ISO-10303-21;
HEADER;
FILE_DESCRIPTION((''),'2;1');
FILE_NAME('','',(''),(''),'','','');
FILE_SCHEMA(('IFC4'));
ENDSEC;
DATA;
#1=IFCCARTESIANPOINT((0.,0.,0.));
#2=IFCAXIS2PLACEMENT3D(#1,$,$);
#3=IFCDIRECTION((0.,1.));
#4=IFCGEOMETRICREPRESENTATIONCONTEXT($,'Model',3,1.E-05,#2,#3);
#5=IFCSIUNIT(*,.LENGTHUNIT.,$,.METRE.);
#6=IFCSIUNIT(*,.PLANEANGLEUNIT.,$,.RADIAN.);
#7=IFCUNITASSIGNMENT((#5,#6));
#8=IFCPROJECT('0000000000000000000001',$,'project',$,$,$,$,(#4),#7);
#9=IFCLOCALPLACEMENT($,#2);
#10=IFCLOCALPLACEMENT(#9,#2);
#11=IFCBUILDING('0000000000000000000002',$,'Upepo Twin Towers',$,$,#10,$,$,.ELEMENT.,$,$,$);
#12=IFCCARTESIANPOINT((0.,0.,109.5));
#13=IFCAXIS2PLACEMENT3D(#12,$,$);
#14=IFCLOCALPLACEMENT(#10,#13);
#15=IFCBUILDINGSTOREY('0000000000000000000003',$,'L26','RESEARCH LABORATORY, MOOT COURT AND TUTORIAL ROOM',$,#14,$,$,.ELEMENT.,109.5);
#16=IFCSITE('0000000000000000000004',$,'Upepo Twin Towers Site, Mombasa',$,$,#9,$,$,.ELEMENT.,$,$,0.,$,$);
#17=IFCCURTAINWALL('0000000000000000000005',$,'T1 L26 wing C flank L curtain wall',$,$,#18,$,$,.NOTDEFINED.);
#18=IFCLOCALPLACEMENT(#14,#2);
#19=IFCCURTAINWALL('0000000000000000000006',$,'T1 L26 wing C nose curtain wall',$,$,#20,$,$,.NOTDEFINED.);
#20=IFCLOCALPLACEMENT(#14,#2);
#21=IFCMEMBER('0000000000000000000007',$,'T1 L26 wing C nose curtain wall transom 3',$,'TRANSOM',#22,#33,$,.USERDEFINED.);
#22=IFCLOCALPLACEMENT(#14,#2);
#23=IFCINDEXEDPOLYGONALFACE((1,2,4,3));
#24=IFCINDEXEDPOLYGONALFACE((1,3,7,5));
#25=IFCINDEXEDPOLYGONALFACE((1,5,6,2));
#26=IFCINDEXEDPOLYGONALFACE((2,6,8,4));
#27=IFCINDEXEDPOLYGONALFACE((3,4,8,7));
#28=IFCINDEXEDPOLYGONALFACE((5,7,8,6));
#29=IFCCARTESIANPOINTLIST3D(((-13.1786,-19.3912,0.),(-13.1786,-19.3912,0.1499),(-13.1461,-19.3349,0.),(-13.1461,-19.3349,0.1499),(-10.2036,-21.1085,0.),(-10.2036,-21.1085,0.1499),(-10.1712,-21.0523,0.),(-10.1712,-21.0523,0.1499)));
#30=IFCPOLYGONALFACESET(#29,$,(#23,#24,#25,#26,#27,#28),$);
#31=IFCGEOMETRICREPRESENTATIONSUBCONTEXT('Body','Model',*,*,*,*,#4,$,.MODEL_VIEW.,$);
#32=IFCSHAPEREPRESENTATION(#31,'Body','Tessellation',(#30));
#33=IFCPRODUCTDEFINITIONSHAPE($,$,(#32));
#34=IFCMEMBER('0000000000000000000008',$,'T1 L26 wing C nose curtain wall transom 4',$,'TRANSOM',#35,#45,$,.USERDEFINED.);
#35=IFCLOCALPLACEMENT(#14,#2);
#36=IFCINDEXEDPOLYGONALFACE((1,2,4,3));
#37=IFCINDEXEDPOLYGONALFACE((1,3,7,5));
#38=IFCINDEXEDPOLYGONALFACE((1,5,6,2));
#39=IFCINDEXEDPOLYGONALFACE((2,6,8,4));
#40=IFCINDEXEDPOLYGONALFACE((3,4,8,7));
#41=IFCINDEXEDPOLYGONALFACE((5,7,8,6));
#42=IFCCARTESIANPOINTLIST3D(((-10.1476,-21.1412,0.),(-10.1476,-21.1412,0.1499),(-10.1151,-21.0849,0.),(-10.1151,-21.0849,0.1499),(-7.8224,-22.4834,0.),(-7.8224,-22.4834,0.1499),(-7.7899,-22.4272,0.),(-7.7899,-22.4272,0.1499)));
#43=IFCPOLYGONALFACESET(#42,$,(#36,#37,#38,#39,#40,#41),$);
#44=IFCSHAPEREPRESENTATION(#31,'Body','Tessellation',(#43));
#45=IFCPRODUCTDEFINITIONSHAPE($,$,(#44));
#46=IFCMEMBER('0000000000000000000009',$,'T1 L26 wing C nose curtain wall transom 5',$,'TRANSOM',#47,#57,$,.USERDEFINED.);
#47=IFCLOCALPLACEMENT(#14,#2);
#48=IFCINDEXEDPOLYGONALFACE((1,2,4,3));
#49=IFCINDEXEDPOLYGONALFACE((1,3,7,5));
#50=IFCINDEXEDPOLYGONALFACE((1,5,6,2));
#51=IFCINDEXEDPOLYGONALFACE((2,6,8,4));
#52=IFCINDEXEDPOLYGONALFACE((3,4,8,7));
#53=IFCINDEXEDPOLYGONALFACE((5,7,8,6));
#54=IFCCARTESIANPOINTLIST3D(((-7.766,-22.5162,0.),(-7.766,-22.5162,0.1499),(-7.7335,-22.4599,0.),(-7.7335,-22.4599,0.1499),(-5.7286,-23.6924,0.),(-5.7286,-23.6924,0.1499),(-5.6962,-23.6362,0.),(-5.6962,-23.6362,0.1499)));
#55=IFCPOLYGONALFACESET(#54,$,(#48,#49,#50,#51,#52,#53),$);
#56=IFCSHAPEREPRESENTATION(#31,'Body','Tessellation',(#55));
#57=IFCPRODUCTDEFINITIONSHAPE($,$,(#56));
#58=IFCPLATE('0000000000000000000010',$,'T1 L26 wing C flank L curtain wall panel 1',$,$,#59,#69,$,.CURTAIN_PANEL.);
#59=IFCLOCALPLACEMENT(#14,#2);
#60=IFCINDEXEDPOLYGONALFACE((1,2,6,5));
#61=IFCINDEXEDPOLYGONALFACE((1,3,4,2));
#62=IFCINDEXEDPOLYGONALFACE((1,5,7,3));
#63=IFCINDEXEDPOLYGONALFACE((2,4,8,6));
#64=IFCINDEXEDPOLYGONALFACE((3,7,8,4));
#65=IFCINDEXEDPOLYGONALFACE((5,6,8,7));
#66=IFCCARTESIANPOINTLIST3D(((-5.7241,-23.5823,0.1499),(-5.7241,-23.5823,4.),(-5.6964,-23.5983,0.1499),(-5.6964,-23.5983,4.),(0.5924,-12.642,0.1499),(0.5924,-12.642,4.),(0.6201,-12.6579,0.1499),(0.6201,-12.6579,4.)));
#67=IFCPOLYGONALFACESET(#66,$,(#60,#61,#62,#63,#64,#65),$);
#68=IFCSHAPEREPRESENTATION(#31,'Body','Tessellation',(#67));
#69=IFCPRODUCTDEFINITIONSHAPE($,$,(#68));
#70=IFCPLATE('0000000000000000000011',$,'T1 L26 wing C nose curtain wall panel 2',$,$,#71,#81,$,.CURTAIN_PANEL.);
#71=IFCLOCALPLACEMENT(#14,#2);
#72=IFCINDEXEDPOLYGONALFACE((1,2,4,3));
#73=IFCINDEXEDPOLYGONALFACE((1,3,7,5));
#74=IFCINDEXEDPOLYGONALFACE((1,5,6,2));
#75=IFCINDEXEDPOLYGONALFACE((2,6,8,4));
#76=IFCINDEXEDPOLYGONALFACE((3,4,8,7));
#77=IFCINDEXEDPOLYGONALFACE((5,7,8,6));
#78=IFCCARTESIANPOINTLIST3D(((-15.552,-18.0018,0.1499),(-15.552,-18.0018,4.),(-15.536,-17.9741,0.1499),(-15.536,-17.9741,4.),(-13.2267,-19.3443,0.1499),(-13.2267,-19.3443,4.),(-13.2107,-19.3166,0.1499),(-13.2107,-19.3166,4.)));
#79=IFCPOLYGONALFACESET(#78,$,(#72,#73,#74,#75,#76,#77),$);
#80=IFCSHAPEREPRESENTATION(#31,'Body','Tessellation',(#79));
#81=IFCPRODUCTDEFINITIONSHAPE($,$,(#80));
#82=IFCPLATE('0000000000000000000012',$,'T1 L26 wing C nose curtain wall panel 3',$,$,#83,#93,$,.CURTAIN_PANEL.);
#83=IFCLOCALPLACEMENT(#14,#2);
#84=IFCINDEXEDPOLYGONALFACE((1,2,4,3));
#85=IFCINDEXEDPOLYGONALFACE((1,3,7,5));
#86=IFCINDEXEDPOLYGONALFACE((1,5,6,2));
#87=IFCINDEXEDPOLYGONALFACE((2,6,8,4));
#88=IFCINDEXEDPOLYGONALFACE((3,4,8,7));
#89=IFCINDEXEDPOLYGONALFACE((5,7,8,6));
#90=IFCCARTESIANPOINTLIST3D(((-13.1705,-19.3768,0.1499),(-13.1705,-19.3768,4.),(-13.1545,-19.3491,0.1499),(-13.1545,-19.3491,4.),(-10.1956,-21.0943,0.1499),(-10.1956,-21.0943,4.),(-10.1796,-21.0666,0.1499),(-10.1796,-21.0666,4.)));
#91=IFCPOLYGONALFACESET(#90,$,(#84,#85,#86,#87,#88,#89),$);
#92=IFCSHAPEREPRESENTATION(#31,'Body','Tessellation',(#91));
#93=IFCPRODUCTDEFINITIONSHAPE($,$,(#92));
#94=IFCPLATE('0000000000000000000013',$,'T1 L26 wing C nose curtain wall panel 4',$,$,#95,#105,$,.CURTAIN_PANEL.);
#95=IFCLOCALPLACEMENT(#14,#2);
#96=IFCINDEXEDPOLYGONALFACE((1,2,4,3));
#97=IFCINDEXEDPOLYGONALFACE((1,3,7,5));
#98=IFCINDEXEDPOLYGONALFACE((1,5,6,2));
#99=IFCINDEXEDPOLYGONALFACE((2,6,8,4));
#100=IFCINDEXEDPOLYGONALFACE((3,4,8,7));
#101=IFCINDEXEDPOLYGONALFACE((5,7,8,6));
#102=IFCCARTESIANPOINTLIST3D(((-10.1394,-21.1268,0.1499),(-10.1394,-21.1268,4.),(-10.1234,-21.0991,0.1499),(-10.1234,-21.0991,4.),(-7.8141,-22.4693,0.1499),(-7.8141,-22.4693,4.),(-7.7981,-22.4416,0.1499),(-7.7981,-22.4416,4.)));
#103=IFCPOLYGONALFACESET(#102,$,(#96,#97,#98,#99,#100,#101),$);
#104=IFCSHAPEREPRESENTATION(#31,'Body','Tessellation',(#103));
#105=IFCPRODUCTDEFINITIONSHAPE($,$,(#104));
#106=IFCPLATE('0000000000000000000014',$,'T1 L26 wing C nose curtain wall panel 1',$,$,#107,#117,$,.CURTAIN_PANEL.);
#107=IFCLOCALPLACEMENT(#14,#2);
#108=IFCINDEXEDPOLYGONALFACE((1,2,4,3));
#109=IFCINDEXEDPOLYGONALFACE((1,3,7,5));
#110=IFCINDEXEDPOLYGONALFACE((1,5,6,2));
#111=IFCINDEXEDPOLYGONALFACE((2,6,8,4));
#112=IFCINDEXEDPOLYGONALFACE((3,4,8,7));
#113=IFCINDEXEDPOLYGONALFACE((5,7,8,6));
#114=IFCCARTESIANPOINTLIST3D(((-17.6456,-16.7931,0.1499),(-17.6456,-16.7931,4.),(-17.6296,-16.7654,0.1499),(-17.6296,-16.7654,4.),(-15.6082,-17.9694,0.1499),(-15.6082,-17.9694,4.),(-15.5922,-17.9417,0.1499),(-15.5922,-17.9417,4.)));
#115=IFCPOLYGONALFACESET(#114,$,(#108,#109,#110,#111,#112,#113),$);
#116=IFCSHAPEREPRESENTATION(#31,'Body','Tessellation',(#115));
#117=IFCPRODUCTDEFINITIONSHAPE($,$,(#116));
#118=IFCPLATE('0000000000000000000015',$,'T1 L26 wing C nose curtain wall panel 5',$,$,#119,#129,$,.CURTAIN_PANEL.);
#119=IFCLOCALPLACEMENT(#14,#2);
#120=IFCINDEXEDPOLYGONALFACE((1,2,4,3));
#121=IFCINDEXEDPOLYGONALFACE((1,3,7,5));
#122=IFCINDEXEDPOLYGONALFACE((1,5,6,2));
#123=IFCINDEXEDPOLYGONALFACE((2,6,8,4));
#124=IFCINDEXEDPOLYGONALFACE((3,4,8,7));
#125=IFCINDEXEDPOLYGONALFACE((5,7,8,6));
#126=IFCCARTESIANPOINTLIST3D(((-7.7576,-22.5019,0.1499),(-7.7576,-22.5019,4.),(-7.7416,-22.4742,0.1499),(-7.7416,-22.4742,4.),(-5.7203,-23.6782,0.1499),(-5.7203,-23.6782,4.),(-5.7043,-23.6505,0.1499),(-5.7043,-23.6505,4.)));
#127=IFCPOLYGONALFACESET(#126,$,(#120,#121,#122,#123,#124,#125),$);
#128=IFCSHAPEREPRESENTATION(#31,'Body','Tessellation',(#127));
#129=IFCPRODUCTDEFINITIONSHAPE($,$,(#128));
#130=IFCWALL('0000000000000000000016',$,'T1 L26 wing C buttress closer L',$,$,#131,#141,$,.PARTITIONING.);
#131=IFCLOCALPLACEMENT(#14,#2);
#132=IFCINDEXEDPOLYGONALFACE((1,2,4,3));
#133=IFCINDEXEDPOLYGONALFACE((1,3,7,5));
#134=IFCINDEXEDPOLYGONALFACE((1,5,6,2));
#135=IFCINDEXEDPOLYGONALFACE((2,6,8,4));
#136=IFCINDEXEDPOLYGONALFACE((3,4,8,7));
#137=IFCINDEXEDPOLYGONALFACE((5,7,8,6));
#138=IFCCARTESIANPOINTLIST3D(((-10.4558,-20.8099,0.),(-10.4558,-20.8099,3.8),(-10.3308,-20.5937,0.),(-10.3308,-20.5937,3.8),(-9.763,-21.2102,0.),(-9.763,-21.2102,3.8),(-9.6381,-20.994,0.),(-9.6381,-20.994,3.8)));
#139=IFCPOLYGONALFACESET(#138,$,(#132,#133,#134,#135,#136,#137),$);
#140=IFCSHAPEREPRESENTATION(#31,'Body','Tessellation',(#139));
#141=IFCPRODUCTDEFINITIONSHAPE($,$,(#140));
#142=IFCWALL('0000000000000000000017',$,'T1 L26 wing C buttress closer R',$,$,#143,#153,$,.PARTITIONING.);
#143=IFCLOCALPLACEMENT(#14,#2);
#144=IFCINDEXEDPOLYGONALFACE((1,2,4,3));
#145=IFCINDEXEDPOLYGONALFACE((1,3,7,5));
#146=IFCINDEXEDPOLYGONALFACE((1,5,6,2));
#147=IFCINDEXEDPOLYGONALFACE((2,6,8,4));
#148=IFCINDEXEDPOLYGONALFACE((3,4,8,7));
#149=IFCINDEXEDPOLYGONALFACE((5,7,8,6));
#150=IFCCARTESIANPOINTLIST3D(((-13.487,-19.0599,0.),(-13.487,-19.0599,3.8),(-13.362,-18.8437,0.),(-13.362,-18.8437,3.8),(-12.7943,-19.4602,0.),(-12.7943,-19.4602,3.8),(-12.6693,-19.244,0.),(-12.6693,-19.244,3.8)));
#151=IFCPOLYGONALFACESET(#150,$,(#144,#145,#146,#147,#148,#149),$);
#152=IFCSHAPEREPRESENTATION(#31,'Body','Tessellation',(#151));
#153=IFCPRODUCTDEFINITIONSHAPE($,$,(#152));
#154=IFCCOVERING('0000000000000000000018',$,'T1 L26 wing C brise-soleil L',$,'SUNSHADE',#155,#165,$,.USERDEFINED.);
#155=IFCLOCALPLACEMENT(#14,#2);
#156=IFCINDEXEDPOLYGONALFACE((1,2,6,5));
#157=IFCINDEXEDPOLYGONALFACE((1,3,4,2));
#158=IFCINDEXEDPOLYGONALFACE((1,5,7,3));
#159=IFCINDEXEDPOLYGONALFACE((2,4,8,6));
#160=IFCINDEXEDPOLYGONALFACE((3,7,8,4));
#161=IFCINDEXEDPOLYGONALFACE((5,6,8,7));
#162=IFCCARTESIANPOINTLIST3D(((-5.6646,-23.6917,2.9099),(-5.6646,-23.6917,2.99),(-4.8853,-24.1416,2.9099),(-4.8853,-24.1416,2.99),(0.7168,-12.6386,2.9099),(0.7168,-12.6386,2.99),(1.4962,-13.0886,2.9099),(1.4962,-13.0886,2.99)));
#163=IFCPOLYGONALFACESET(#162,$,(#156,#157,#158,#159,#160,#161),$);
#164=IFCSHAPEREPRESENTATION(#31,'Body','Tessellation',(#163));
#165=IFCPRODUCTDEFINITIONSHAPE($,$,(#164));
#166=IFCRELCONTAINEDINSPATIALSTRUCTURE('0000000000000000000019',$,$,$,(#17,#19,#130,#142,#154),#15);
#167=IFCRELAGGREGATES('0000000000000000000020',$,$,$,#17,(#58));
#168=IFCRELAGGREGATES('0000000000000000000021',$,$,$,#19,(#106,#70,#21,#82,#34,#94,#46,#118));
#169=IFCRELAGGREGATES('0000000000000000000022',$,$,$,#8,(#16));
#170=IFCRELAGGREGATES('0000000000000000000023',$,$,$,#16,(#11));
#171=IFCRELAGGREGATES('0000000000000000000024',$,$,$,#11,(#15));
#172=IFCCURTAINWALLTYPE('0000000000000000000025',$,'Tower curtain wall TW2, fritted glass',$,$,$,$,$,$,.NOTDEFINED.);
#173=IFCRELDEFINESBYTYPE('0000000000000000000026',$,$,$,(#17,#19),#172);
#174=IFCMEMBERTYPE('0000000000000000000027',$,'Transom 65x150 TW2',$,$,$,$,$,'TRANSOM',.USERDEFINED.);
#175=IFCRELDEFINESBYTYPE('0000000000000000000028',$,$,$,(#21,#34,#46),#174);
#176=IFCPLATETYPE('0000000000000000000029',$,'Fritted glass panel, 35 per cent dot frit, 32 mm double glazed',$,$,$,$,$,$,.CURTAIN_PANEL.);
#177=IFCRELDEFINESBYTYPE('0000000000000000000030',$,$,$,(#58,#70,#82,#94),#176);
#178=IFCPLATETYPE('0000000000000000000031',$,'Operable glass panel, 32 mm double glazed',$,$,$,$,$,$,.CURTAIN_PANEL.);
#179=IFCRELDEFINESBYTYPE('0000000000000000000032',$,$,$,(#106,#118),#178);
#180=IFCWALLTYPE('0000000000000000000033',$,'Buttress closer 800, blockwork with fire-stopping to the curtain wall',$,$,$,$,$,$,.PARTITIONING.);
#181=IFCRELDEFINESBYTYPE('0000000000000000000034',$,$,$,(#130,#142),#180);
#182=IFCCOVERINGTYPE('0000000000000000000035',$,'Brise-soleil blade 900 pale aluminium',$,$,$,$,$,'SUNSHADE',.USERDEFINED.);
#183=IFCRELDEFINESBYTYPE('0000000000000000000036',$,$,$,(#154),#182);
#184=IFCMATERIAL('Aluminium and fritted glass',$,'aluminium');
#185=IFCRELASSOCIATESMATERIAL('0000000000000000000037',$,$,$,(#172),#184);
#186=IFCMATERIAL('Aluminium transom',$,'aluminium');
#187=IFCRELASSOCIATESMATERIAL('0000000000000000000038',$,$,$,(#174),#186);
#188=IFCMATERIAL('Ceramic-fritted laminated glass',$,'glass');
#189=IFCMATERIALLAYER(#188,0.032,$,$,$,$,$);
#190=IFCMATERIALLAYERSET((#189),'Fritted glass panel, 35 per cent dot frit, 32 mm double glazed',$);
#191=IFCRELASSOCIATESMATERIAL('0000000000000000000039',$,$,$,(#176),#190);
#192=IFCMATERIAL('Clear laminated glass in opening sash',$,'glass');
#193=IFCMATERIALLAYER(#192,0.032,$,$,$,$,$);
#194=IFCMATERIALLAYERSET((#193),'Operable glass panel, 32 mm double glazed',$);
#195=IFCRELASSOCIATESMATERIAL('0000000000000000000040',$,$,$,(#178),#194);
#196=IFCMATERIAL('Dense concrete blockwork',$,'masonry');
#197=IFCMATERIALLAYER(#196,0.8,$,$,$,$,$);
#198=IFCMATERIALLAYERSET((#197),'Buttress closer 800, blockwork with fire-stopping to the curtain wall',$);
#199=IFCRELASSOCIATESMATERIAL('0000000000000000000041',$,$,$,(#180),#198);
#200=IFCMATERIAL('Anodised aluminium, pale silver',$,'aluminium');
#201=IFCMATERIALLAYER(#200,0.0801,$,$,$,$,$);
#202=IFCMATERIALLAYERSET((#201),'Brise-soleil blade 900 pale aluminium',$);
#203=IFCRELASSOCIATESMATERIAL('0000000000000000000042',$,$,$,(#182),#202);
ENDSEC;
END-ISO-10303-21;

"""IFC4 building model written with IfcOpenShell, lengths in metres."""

from ifc_helpers import new_model, si_unit, direction, frame, frame_2d, origin, origin_2d, place, context, subcontext, project, spatial, rectangle, extrude, material, layer, layer_set, material_profile, profile_set, type_object, element, aggregate, save


model = new_model("IFC4")

# Units and contexts
model_context = context("Model", 3, precision=1e-05, world=origin(), true_north=direction((0.0, 1.0)))
body_context = subcontext(model_context, "Body", "Model", "MODEL_VIEW")
ifc_project = project(units=[si_unit("LENGTHUNIT", "METRE"), si_unit("PLANEANGLEUNIT", "RADIAN")], contexts=[model_context])

# Site, building, storey
site_placement = place(None, origin())
site = spatial("IfcSite", under=ifc_project, at=site_placement, Name="Upepo Twin Towers Site, Mombasa", CompositionType="ELEMENT", RefElevation=0.0)
building_placement = place(site_placement, origin())
building = spatial("IfcBuilding", under=site, at=building_placement, Name="Upepo Twin Towers", CompositionType="ELEMENT")
storey_placement = place(building_placement, frame((0.0, 0.0, 109.5)))
storey = spatial("IfcBuildingStorey", under=building, at=storey_placement, Name="L26", Description="RESEARCH LABORATORY, MOOT COURT AND TUTORIAL ROOM", CompositionType="ELEMENT", Elevation=109.5)

# Curtain wall
ifc_material_1 = material(Name="Aluminium and fritted glass", Category="aluminium")
curtain_wall_type = type_object("IfcCurtainWallType", Name="Tower curtain wall TW2, fritted glass", PredefinedType="NOTDEFINED", material=ifc_material_1)
curtain_wall_1_placement = place(storey_placement, origin())
curtain_wall_1 = element("IfcCurtainWall", 1, at=curtain_wall_1_placement, inside=storey, type_object=curtain_wall_type, Name="T1 L26 wing C flank L curtain wall", PredefinedType="NOTDEFINED")

# Curtain wall
curtain_wall_2_placement = place(storey_placement, origin())
curtain_wall_2 = element("IfcCurtainWall", 2, at=curtain_wall_2_placement, inside=storey, type_object=curtain_wall_type, Name="T1 L26 wing C nose curtain wall", PredefinedType="NOTDEFINED")

# Members
ifc_material_2 = material(Name="Aluminium transom", Category="aluminium")
ifc_material_profile_1 = material_profile(ifc_material_2, rectangle(XDim=0.0649, YDim=0.1499, at=origin_2d()), Name="TRANSOM 65x150")
ifc_profile_set_1 = profile_set([ifc_material_profile_1], Name="Aluminium transom")
member_type_1 = type_object("IfcMemberType", Name="Transom 65x150 TW2", ElementType="TRANSOM", PredefinedType="USERDEFINED", material=ifc_profile_set_1)
member_1_placement = place(storey_placement, frame((-13.1624, -19.363, 0.075), z_axis=(0.866057, -0.499946, 0.0), x_axis=(0.499946, 0.866057, 0.0)))
member_1 = element("IfcMember", 3, at=member_1_placement, type_object=member_type_1, Name="T1 L26 wing C nose curtain wall transom 3", ObjectType="TRANSOM", PredefinedType="USERDEFINED", context=body_context, shape_type="SweptSolid", body=[
    extrude(rectangle(XDim=0.0649, YDim=0.1499, at=origin_2d()), origin(), (0.0, 0.0, 1.0), 3.4351),
])
member_2_placement = place(storey_placement, frame((-10.1313, -21.113, 0.075), z_axis=(0.866052, -0.499953, 0.0), x_axis=(0.499953, 0.866052, 0.0)))
member_2 = element("IfcMember", 4, at=member_2_placement, type_object=member_type_1, Name="T1 L26 wing C nose curtain wall transom 4", ObjectType="TRANSOM", PredefinedType="USERDEFINED", context=body_context, shape_type="SweptSolid", body=[
    extrude(rectangle(XDim=0.0649, YDim=0.1499, at=origin_2d()), origin(), (0.0, 0.0, 1.0), 2.6848),
])
member_3_placement = place(storey_placement, frame((-7.7498, -22.488, 0.075), z_axis=(0.866025, -0.500001, 0.0), x_axis=(0.500001, 0.866025, 0.0)))
member_3 = element("IfcMember", 5, at=member_3_placement, type_object=member_type_1, Name="T1 L26 wing C nose curtain wall transom 5", ObjectType="TRANSOM", PredefinedType="USERDEFINED", context=body_context, shape_type="SweptSolid", body=[
    extrude(rectangle(XDim=0.0649, YDim=0.1499, at=origin_2d()), origin(), (0.0, 0.0, 1.0), 2.3525),
])

# Plates
ifc_material_3 = material(Name="Ceramic-fritted laminated glass", Category="glass")
ifc_layer_1 = layer(ifc_material_3, 0.032)
ifc_layer_set_1 = layer_set([ifc_layer_1], Name="Fritted glass panel, 35 per cent dot frit, 32 mm double glazed")
plate_type_1 = type_object("IfcPlateType", Name="Fritted glass panel, 35 per cent dot frit, 32 mm double glazed", PredefinedType="CURTAIN_PANEL", material=ifc_layer_set_1)
plate_1_placement = place(storey_placement, frame((-2.552, -18.1201, 0.1499), z_axis=(0.0, 0.0, 1.0), x_axis=(-0.5, -0.866025, 0.0)))
plate_1 = element("IfcPlate", 6, at=plate_1_placement, type_object=plate_type_1, Name="T1 L26 wing C flank L curtain wall panel 1", PredefinedType="CURTAIN_PANEL", context=body_context, shape_type="SweptSolid", body=[
    extrude(rectangle(XDim=12.6328, YDim=0.032, at=origin_2d()), origin(), (0.0, 0.0, 1.0), 3.8501),
])
aggregate(curtain_wall_1, [plate_1])
plate_2_placement = place(storey_placement, frame((-14.3813, -18.6592, 0.1499), z_axis=(0.0, 0.0, 1.0), x_axis=(0.866025, -0.5, 0.0)))
plate_2 = element("IfcPlate", 7, at=plate_2_placement, type_object=plate_type_1, Name="T1 L26 wing C nose curtain wall panel 2", PredefinedType="CURTAIN_PANEL", context=body_context, shape_type="SweptSolid", body=[
    extrude(rectangle(XDim=2.6851, YDim=0.032, at=origin_2d()), origin(), (0.0, 0.0, 1.0), 3.8501),
])
plate_3_placement = place(storey_placement, frame((-11.675, -20.2217, 0.1499), z_axis=(0.0, 0.0, 1.0), x_axis=(0.866025, -0.5, 0.0)))
plate_3 = element("IfcPlate", 8, at=plate_3_placement, type_object=plate_type_1, Name="T1 L26 wing C nose curtain wall panel 3", PredefinedType="CURTAIN_PANEL", context=body_context, shape_type="SweptSolid", body=[
    extrude(rectangle(XDim=3.4351, YDim=0.032, at=origin_2d()), origin(), (0.0, 0.0, 1.0), 3.8501),
])
plate_4_placement = place(storey_placement, frame((-8.9688, -21.7842, 0.1499), z_axis=(0.0, 0.0, 1.0), x_axis=(0.866025, -0.5, 0.0)))
plate_4 = element("IfcPlate", 9, at=plate_4_placement, type_object=plate_type_1, Name="T1 L26 wing C nose curtain wall panel 4", PredefinedType="CURTAIN_PANEL", context=body_context, shape_type="SweptSolid", body=[
    extrude(rectangle(XDim=2.6851, YDim=0.032, at=origin_2d()), origin(), (0.0, 0.0, 1.0), 3.8501),
])
ifc_material_4 = material(Name="Clear laminated glass in opening sash", Category="glass")
ifc_layer_2 = layer(ifc_material_4, 0.032)
ifc_layer_set_2 = layer_set([ifc_layer_2], Name="Operable glass panel, 32 mm double glazed")
plate_type_2 = type_object("IfcPlateType", Name="Operable glass panel, 32 mm double glazed", PredefinedType="CURTAIN_PANEL", material=ifc_layer_set_2)
plate_5_placement = place(storey_placement, frame((-16.6189, -17.3674, 0.1499), z_axis=(0.0, 0.0, 1.0), x_axis=(0.866025, -0.5, 0.0)))
plate_5 = element("IfcPlate", 10, at=plate_5_placement, type_object=plate_type_2, Name="T1 L26 wing C nose curtain wall panel 1", PredefinedType="CURTAIN_PANEL", context=body_context, shape_type="SweptSolid", body=[
    extrude(rectangle(XDim=2.3525, YDim=0.032, at=origin_2d()), origin(), (0.0, 0.0, 1.0), 3.8501),
])
plate_6_placement = place(storey_placement, frame((-6.731, -23.0762, 0.1499), z_axis=(0.0, 0.0, 1.0), x_axis=(0.866025, -0.5, 0.0)))
plate_6 = element("IfcPlate", 11, at=plate_6_placement, type_object=plate_type_2, Name="T1 L26 wing C nose curtain wall panel 5", PredefinedType="CURTAIN_PANEL", context=body_context, shape_type="SweptSolid", body=[
    extrude(rectangle(XDim=2.3525, YDim=0.032, at=origin_2d()), origin(), (0.0, 0.0, 1.0), 3.8501),
])
aggregate(curtain_wall_2, [plate_5, plate_2, member_1, plate_3, member_2, plate_4, member_3, plate_6])

# Walls
ifc_material_5 = material(Name="Dense concrete blockwork", Category="masonry")
ifc_layer_3 = layer(ifc_material_5, 0.8)
ifc_layer_set_3 = layer_set([ifc_layer_3], Name="Buttress closer 800, blockwork with fire-stopping to the curtain wall")
wall_type = type_object("IfcWallType", Name="Buttress closer 800, blockwork with fire-stopping to the curtain wall", PredefinedType="PARTITIONING", material=ifc_layer_set_3)
for number, where, z_axis, x_axis, name in (
    (12, (-9.9844, -20.7937, 0.0), (0.0, 0.0, 1.0), (-0.500343, -0.865827, 0.0), "T1 L26 wing C buttress closer L"),
    (13, (-13.0156, -19.0437, 0.0), (0.0, 0.0, 1.0), (-0.500343, -0.865827, 0.0), "T1 L26 wing C buttress closer R"),
):
    element("IfcWall", number, at=place(storey_placement, frame(where, z_axis=z_axis, x_axis=x_axis)), inside=storey, type_object=wall_type, Name=name, PredefinedType="PARTITIONING", context=body_context, shape_type="SweptSolid", body=[
        extrude(rectangle(XDim=0.2498, YDim=0.8, at=frame_2d((0.125, 0.0))), origin(), (0.0, 0.0, 1.0), 3.8),
    ])

# Covering
ifc_material_6 = material(Name="Anodised aluminium, pale silver", Category="aluminium")
ifc_layer_4 = layer(ifc_material_6, 0.0801)
ifc_layer_set_4 = layer_set([ifc_layer_4], Name="Brise-soleil blade 900 pale aluminium")
covering_type = type_object("IfcCoveringType", Name="Brise-soleil blade 900 pale aluminium", ElementType="SUNSHADE", PredefinedType="USERDEFINED", material=ifc_layer_set_4)
covering_placement = place(storey_placement, frame((-2.0842, -18.3901, 2.9099), z_axis=(0.0, 0.0, 1.0), x_axis=(-0.5, -0.866025, 0.0)))
element("IfcCovering", 14, at=covering_placement, inside=storey, type_object=covering_type, Name="T1 L26 wing C brise-soleil L", ObjectType="SUNSHADE", PredefinedType="USERDEFINED", context=body_context, shape_type="SweptSolid", body=[
    extrude(rectangle(XDim=12.7629, YDim=0.8999, at=origin_2d()), origin(), (0.0, 0.0, 1.0), 0.0801),
])

save(model, "model.ifc")
